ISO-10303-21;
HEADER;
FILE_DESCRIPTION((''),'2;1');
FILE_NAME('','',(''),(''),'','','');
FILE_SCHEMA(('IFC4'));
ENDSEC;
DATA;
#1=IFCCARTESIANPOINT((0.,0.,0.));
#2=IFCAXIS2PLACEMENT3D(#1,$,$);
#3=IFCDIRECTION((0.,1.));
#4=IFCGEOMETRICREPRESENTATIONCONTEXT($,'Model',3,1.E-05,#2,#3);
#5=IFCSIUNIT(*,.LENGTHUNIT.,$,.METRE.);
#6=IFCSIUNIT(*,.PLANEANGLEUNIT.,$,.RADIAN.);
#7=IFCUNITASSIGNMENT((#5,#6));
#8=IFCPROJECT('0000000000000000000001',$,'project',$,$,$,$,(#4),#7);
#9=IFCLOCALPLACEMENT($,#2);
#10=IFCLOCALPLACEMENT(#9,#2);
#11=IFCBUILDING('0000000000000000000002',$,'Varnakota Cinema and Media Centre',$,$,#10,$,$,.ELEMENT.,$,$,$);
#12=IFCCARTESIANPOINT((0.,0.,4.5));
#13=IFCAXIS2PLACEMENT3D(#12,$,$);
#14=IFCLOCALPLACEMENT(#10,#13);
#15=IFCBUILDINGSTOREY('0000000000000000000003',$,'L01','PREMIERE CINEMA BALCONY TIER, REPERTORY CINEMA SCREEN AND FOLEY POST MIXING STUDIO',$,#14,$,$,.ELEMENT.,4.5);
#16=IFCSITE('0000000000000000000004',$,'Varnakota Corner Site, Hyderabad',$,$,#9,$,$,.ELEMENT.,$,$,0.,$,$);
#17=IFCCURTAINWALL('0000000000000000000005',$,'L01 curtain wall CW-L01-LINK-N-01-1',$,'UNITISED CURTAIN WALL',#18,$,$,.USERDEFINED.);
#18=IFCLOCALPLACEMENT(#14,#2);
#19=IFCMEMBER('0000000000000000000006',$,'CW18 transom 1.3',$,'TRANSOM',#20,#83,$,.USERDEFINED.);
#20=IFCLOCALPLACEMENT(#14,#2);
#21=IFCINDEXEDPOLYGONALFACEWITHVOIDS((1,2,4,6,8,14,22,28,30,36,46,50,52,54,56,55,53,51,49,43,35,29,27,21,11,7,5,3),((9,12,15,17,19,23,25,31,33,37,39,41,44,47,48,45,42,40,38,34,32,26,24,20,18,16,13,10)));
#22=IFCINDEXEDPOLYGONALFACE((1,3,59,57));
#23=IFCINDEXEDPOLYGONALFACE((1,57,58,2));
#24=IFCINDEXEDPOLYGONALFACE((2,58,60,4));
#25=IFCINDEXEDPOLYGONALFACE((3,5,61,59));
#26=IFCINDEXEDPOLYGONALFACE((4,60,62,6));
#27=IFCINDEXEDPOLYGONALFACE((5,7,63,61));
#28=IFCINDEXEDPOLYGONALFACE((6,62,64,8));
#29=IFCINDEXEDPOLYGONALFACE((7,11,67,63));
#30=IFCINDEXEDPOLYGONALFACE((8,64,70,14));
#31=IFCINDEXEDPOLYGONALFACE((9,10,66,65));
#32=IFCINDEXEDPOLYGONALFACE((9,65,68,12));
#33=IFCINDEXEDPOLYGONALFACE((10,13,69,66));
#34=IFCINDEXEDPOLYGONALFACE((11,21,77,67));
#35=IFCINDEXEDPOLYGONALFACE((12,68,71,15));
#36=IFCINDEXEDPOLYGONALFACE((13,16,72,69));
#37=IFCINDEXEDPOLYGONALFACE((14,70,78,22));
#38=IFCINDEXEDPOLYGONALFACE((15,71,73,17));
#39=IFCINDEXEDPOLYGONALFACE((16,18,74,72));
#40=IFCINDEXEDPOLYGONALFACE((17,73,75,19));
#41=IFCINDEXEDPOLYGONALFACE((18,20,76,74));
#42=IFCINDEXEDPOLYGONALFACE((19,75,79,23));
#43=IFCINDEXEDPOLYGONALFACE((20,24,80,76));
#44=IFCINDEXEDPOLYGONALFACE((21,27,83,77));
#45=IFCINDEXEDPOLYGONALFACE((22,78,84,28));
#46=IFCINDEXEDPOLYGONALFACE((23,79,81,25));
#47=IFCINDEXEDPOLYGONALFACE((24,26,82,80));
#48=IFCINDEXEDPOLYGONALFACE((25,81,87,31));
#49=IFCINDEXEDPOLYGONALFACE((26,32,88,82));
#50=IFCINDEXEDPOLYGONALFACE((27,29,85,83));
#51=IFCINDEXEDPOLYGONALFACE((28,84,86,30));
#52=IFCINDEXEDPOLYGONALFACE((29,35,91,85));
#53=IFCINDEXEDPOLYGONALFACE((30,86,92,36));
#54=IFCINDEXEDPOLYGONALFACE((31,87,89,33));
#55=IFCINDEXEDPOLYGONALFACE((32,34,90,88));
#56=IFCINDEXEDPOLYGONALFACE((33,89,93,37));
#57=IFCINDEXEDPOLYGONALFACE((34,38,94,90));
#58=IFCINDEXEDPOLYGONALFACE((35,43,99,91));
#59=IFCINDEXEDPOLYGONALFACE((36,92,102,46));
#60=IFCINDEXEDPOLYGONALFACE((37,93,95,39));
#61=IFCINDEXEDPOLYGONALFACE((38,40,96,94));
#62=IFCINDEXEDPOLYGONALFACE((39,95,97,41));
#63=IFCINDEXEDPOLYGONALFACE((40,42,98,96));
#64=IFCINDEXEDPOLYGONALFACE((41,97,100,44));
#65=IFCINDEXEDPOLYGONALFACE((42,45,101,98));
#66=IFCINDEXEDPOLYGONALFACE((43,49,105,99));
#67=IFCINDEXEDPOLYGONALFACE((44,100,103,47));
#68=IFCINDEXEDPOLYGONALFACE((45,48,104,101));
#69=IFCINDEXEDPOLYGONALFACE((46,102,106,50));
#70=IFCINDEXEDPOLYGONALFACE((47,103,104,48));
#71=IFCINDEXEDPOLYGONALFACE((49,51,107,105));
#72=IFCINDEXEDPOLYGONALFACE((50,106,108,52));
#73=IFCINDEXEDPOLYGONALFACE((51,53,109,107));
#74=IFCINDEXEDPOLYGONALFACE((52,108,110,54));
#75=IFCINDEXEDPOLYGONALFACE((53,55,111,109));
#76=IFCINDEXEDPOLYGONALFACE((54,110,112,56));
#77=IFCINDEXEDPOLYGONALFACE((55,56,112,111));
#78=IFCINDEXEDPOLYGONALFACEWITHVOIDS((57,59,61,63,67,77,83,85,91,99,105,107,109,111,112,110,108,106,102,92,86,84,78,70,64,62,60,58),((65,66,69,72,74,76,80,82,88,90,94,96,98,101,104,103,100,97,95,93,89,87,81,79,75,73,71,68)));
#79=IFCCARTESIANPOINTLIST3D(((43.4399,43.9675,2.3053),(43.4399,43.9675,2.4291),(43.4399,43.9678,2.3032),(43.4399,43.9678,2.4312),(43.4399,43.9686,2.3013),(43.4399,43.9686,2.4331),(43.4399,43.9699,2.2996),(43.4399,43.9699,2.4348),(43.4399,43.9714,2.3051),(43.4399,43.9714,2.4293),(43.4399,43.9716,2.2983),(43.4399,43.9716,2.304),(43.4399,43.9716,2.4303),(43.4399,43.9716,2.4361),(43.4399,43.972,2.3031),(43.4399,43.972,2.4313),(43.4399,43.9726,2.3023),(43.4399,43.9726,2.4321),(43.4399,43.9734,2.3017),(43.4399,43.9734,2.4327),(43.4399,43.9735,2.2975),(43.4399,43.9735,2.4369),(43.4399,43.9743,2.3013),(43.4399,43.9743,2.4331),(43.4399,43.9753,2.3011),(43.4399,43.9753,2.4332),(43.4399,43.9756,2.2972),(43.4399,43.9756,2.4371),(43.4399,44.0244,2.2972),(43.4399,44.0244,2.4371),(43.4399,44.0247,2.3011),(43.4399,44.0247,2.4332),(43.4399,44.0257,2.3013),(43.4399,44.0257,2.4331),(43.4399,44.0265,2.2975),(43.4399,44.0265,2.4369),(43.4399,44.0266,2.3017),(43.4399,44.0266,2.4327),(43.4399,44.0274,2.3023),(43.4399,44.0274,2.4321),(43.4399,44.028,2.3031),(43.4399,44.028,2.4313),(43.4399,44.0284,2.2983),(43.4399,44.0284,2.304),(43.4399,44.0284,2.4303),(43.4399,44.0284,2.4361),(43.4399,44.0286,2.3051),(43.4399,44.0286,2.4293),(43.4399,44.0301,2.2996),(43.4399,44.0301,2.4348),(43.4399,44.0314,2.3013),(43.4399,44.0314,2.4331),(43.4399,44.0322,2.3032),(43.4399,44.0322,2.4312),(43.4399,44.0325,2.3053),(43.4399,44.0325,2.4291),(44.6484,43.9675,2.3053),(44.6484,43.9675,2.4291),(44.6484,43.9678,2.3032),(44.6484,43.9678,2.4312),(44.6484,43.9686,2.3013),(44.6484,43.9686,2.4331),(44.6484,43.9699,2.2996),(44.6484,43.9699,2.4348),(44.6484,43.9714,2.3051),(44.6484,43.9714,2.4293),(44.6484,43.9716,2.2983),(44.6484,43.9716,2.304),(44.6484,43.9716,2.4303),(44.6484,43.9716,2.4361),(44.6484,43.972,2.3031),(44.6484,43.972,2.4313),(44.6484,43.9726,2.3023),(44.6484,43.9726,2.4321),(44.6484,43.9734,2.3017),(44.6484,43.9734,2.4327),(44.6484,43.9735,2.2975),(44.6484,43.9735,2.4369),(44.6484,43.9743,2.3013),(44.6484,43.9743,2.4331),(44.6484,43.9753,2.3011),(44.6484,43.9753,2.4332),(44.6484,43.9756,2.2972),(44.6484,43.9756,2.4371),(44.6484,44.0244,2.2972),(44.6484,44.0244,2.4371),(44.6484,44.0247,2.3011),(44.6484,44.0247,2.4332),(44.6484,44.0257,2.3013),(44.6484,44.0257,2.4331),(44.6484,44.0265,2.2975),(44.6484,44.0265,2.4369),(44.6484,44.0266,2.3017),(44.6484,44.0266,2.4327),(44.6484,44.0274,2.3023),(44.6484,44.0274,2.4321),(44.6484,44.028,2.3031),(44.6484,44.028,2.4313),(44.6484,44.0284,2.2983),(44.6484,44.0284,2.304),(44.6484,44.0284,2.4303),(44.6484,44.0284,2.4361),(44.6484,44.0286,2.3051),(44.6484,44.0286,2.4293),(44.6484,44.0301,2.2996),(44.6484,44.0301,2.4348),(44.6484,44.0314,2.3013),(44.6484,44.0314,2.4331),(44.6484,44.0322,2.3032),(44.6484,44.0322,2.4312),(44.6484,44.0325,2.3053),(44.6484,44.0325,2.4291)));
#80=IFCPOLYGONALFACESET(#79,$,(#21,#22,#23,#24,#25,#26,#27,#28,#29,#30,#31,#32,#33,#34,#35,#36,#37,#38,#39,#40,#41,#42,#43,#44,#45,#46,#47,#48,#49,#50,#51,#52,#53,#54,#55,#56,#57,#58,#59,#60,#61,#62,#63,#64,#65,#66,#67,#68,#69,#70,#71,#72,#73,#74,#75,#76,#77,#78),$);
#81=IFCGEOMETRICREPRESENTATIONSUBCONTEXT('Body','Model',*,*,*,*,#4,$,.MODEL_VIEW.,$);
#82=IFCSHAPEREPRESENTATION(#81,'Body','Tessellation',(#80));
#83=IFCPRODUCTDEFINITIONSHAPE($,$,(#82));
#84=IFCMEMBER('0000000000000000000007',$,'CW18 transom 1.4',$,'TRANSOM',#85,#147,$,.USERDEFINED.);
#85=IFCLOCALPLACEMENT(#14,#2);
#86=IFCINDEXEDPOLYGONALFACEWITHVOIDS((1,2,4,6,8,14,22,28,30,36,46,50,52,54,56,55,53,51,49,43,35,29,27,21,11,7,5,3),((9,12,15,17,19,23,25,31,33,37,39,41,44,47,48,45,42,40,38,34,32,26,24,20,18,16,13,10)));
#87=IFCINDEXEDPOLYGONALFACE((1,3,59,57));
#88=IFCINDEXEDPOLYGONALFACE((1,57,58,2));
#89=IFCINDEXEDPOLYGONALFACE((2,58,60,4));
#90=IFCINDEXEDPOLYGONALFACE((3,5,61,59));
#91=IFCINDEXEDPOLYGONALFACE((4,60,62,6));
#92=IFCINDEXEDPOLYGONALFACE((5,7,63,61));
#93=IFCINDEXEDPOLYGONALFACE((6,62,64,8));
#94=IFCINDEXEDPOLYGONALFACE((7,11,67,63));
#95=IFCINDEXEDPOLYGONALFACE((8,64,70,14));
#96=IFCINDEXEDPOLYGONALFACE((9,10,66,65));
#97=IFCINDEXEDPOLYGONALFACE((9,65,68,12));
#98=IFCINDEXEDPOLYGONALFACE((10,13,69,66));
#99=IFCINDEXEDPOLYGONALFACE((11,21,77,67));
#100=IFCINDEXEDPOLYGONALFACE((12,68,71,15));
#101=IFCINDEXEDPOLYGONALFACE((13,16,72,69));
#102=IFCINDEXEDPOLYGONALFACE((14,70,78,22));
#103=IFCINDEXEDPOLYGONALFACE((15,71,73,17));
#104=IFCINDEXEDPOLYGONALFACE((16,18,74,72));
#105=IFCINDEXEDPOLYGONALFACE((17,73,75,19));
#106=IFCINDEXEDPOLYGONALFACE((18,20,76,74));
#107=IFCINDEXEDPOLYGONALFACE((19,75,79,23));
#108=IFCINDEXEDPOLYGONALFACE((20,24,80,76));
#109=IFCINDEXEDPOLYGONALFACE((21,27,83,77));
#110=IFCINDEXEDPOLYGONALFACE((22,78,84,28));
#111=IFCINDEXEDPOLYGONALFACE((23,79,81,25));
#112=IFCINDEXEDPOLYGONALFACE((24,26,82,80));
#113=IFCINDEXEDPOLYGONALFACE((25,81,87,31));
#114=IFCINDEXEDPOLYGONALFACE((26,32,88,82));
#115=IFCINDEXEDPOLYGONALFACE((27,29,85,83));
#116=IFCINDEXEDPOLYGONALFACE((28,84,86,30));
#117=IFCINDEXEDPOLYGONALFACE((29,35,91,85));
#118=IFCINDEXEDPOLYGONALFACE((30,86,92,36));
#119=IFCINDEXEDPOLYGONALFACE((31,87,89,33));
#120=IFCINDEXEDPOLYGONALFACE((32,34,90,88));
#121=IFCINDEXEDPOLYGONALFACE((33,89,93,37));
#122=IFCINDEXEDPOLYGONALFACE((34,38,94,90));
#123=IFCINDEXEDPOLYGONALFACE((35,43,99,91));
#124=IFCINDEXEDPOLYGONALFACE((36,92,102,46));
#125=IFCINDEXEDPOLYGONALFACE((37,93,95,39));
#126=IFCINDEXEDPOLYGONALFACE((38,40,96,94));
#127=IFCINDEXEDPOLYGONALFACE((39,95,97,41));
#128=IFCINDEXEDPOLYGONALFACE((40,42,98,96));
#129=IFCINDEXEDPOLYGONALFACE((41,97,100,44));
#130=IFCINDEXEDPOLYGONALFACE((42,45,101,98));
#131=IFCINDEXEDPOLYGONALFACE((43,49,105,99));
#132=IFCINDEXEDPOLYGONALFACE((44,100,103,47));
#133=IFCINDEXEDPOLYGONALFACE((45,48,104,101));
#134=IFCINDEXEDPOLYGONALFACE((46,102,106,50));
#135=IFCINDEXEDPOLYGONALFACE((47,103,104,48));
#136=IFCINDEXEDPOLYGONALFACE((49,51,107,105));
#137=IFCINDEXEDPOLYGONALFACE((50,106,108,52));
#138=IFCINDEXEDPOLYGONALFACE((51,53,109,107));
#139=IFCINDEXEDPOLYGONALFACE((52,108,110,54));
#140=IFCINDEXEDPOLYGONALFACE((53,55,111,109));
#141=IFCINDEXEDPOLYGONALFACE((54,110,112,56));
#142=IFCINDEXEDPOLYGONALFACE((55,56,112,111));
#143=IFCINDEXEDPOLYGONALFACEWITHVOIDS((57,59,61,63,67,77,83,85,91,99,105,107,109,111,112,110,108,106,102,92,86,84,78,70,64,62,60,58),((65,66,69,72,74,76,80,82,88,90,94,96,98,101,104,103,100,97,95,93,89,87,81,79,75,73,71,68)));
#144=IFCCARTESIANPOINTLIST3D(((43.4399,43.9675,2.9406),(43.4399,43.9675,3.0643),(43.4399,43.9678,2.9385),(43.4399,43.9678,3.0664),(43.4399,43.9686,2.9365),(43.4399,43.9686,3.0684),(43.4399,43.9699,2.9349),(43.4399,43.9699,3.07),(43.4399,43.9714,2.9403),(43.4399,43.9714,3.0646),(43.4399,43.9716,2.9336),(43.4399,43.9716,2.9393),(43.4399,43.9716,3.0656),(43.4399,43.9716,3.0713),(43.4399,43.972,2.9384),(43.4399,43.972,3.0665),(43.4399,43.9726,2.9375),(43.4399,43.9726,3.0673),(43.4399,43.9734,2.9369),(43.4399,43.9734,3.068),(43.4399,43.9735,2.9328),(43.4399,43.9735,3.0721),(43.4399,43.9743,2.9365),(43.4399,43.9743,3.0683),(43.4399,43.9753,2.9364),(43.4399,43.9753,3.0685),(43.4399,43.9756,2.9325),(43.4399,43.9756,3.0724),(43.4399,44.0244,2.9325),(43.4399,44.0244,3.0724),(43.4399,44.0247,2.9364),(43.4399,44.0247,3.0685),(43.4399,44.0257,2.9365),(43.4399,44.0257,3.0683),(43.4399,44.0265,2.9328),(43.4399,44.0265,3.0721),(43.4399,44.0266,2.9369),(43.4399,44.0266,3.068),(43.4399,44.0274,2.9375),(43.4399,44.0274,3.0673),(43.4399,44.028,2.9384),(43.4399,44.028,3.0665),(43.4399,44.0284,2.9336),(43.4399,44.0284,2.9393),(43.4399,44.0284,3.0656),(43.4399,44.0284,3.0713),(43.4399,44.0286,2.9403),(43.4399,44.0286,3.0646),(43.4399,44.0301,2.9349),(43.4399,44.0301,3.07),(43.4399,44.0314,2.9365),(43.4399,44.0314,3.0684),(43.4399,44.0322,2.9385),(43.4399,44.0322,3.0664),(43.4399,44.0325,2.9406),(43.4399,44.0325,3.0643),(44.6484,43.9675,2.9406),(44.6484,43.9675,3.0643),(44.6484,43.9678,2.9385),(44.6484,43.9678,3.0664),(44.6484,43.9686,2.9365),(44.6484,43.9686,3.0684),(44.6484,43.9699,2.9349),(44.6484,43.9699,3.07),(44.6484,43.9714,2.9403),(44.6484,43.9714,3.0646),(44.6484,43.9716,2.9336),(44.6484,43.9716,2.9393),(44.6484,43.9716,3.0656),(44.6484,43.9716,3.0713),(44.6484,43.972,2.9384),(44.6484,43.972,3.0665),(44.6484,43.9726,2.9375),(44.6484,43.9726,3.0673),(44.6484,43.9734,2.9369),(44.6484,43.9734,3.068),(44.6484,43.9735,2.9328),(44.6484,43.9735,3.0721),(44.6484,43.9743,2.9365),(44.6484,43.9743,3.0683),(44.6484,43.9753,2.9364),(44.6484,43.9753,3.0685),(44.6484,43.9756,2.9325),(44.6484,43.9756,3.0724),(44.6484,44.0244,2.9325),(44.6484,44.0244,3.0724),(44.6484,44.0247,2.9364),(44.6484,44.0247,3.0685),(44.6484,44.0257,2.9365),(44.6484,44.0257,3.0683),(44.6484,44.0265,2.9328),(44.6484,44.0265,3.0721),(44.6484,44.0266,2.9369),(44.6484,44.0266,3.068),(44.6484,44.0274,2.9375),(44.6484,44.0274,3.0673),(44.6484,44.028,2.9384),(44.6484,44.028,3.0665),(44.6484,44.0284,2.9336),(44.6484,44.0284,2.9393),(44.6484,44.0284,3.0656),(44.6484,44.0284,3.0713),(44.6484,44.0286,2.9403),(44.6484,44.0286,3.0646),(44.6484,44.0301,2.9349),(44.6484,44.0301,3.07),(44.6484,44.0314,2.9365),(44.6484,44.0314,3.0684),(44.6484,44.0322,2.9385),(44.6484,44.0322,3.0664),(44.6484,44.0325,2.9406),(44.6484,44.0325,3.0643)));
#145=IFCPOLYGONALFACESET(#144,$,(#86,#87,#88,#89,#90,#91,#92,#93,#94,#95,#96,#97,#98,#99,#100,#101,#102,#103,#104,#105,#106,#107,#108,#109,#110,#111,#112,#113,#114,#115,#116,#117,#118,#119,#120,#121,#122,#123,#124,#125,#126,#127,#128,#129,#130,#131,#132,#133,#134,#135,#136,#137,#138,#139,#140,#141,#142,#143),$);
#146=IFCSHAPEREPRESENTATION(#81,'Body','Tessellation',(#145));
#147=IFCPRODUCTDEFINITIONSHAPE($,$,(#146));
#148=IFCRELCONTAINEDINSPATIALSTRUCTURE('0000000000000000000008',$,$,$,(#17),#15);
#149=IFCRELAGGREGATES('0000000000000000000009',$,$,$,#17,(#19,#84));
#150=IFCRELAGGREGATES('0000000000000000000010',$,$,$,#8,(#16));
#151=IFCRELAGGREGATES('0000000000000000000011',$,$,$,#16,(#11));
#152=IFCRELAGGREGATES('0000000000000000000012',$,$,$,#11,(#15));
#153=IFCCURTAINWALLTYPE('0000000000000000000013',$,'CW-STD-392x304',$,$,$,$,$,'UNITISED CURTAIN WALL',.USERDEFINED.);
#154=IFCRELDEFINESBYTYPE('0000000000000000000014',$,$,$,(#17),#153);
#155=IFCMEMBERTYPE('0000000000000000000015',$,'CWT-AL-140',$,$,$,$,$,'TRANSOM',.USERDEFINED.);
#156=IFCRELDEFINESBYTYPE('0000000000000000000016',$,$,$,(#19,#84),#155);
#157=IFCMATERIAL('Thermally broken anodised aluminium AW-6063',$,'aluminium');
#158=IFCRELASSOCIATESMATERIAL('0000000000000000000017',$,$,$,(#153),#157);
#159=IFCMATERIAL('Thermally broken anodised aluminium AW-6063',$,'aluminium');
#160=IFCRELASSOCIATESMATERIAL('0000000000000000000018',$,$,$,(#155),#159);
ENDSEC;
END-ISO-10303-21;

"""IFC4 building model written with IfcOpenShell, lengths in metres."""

from ifc_helpers import new_model, si_unit, direction, frame, origin, origin_2d, place, context, subcontext, project, spatial, hollow_rectangle, extrude, material, material_profile, profile_set, type_object, element, aggregate, save


model = new_model("IFC4")

# Units and contexts
model_context = context("Model", 3, precision=1e-05, world=origin(), true_north=direction((0.0, 1.0)))
body_context = subcontext(model_context, "Body", "Model", "MODEL_VIEW")
ifc_project = project(units=[si_unit("LENGTHUNIT", "METRE"), si_unit("PLANEANGLEUNIT", "RADIAN")], contexts=[model_context])

# Site, building, storey
site_placement = place(None, origin())
site = spatial("IfcSite", under=ifc_project, at=site_placement, Name="Varnakota Corner Site, Hyderabad", CompositionType="ELEMENT", RefElevation=0.0)
building_placement = place(site_placement, origin())
building = spatial("IfcBuilding", under=site, at=building_placement, Name="Varnakota Cinema and Media Centre", CompositionType="ELEMENT")
storey_placement = place(building_placement, frame((0.0, 0.0, 4.5)))
storey = spatial("IfcBuildingStorey", under=building, at=storey_placement, Name="L01", Description="PREMIERE CINEMA BALCONY TIER, REPERTORY CINEMA SCREEN AND FOLEY POST MIXING STUDIO", CompositionType="ELEMENT", Elevation=4.5)

# Curtain wall
ifc_material_1 = material(Name="Thermally broken anodised aluminium AW-6063", Category="aluminium")
curtain_wall_type_1 = type_object("IfcCurtainWallType", Name="CW-STD-392x304", ElementType="UNITISED CURTAIN WALL", PredefinedType="USERDEFINED", material=ifc_material_1)
curtain_wall_1_placement = place(storey_placement, origin())
curtain_wall_1 = element("IfcCurtainWall", 1, at=curtain_wall_1_placement, inside=storey, type_object=curtain_wall_type_1, Name="L01 curtain wall CW-L01-LINK-N-01-1", ObjectType="UNITISED CURTAIN WALL", PredefinedType="USERDEFINED")

# Members
ifc_material_2 = material(Name="Thermally broken anodised aluminium AW-6063", Category="aluminium")
ifc_material_profile_1 = material_profile(ifc_material_2, hollow_rectangle(XDim=0.0649, YDim=0.1399, WallThickness=0.0039, InnerFilletRadius=0.0039, OuterFilletRadius=0.0081, at=origin_2d()), Name="AL-TRANSOM 140x65x4")
ifc_profile_set_1 = profile_set([ifc_material_profile_1], Name="Thermally broken anodised aluminium AW-6063")
member_type_1 = type_object("IfcMemberType", Name="CWT-AL-140", ElementType="TRANSOM", PredefinedType="USERDEFINED", material=ifc_profile_set_1)
member_1_placement = place(storey_placement, frame((43.4399, 44.0, 2.3672), z_axis=(1.0, 0.0, 0.0), x_axis=(0.0, 1.0, 0.0)))
member_1 = element("IfcMember", 2, at=member_1_placement, type_object=member_type_1, Name="CW18 transom 1.3", ObjectType="TRANSOM", PredefinedType="USERDEFINED", context=body_context, shape_type="SweptSolid", body=[
    extrude(hollow_rectangle(XDim=0.0649, YDim=0.1399, WallThickness=0.0039, InnerFilletRadius=0.0039, OuterFilletRadius=0.0081, at=origin_2d()), origin(), (0.0, 0.0, 1.0), 1.2085),
])
member_2_placement = place(storey_placement, frame((43.4399, 44.0, 3.0024), z_axis=(1.0, 0.0, 0.0), x_axis=(0.0, 1.0, 0.0)))
member_2 = element("IfcMember", 3, at=member_2_placement, type_object=member_type_1, Name="CW18 transom 1.4", ObjectType="TRANSOM", PredefinedType="USERDEFINED", context=body_context, shape_type="SweptSolid", body=[
    extrude(hollow_rectangle(XDim=0.0649, YDim=0.1399, WallThickness=0.0039, InnerFilletRadius=0.0039, OuterFilletRadius=0.0081, at=origin_2d()), origin(), (0.0, 0.0, 1.0), 1.2085),
])

aggregate(curtain_wall_1, [member_1, member_2])

save(model, "model.ifc")
